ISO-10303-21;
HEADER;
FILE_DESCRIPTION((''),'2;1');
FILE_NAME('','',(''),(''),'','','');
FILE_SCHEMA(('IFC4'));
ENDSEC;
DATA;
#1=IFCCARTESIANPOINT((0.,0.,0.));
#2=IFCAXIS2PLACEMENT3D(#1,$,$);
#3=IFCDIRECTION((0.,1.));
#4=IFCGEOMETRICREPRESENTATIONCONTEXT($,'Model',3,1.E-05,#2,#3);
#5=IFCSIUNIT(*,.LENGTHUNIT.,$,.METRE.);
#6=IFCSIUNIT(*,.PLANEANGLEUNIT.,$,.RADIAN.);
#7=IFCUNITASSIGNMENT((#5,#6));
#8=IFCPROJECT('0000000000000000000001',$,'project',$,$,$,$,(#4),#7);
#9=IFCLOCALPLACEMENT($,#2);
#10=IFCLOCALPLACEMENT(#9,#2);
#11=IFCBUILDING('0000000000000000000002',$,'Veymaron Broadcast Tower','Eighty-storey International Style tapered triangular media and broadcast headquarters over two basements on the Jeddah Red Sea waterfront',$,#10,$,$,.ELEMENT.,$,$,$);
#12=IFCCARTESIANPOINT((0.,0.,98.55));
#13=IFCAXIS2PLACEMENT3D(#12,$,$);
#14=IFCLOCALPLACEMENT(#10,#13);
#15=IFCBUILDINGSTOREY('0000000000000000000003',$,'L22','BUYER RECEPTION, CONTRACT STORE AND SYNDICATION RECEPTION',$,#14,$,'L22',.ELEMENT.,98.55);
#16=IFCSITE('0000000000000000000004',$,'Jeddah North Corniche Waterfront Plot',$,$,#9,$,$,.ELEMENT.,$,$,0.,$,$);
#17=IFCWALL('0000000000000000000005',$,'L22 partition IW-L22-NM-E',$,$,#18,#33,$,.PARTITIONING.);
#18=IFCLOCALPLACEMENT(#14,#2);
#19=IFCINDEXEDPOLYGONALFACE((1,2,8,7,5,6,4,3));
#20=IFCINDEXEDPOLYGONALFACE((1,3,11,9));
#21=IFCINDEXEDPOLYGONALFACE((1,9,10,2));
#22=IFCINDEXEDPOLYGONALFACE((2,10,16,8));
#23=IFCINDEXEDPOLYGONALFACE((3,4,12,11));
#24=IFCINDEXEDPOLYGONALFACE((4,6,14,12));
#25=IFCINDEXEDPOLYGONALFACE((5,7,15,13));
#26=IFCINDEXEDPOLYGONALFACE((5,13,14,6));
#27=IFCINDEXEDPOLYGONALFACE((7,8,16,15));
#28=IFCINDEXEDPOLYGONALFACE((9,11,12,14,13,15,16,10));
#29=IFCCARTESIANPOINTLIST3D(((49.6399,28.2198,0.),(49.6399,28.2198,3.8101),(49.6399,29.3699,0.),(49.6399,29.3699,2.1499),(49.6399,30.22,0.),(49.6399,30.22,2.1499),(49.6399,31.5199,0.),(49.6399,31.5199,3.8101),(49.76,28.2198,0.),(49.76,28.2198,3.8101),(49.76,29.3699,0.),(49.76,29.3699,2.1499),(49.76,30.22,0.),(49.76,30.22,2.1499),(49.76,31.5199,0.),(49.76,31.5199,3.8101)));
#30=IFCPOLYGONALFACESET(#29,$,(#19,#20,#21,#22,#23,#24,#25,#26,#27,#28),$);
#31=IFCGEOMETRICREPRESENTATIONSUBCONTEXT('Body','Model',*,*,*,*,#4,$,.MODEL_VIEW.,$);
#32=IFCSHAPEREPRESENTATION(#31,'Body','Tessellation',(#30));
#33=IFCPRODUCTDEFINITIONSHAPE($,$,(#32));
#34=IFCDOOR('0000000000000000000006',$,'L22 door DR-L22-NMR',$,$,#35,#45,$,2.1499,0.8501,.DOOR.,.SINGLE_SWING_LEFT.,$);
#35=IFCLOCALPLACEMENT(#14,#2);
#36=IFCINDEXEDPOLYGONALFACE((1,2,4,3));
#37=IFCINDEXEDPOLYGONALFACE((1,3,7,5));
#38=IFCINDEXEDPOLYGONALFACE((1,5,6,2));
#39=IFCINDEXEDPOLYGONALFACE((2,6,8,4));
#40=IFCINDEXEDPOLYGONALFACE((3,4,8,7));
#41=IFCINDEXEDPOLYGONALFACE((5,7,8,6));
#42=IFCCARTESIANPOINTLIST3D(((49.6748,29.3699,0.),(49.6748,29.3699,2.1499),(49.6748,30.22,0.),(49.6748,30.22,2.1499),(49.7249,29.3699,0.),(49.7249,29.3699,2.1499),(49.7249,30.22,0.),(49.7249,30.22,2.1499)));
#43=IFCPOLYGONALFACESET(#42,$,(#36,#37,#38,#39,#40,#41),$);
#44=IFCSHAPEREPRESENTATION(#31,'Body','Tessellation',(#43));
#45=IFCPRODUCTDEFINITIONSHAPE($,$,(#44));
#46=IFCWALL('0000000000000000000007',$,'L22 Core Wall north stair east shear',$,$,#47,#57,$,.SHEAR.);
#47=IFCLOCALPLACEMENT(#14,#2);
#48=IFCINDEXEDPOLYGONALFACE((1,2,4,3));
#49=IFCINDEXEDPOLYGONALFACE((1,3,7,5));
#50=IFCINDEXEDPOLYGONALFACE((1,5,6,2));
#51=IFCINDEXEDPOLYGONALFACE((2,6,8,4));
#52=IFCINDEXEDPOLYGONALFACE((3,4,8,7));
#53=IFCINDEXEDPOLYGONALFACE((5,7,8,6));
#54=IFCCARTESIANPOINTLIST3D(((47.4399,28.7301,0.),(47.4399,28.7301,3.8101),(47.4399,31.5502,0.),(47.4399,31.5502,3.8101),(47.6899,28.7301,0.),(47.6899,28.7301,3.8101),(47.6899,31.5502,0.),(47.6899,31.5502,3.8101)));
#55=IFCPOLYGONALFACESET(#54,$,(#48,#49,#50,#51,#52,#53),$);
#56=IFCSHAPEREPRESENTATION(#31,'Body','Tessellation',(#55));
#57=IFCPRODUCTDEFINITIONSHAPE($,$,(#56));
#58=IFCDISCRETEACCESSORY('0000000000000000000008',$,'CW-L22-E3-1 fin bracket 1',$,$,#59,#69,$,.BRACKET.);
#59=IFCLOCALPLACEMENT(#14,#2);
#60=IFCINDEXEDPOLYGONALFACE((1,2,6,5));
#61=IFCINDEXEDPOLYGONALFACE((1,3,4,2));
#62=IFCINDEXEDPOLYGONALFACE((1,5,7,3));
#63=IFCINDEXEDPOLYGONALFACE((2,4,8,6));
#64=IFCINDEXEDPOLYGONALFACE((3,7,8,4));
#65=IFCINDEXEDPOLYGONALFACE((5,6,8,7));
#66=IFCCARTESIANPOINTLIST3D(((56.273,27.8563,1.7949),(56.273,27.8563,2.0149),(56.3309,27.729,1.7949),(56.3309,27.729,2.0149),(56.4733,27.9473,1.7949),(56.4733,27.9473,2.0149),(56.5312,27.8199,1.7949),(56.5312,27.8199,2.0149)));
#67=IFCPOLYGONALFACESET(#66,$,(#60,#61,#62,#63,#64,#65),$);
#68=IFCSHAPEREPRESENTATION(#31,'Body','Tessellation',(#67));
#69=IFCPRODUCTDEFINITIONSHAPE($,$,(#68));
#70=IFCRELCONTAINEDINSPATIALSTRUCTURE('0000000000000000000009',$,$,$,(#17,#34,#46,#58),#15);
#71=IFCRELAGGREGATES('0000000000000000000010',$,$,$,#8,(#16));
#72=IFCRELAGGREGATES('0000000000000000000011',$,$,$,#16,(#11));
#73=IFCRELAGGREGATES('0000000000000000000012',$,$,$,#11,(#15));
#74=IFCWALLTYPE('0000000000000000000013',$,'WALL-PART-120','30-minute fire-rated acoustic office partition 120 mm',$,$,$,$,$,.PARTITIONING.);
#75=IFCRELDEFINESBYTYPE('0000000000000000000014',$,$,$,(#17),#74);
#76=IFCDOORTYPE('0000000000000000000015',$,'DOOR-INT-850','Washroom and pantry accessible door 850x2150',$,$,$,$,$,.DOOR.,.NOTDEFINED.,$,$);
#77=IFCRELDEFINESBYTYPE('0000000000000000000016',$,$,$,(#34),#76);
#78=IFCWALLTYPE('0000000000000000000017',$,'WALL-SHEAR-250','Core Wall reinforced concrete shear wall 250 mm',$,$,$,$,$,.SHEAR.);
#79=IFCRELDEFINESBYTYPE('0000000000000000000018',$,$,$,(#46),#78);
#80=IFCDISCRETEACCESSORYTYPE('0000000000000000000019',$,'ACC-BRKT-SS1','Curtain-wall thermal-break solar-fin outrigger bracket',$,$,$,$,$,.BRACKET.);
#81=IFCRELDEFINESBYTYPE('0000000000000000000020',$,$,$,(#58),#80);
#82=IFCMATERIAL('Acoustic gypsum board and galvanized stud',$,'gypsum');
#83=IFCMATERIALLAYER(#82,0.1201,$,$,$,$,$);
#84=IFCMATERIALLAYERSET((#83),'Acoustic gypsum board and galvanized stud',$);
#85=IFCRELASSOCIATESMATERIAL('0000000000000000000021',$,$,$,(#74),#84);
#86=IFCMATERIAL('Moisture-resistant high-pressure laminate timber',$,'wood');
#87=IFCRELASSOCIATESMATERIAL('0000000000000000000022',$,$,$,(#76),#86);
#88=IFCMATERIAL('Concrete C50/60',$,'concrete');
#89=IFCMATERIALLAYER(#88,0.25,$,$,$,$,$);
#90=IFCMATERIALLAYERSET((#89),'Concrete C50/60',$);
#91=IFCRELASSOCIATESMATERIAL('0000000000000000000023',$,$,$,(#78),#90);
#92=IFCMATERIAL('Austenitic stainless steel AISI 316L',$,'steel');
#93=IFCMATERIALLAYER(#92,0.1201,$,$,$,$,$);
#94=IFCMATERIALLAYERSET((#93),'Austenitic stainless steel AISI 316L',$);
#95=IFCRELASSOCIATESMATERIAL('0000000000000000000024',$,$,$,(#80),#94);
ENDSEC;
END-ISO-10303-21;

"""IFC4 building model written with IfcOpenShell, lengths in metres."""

from ifc_helpers import new_model, si_unit, direction, frame, frame_2d, origin, origin_2d, place, context, subcontext, project, spatial, rectangle, extrude, material, layer, layer_set, type_object, element, fill, save


model = new_model("IFC4")

# Units and contexts
model_context = context("Model", 3, precision=1e-05, world=origin(), true_north=direction((0.0, 1.0)))
body_context = subcontext(model_context, "Body", "Model", "MODEL_VIEW")
ifc_project = project(units=[si_unit("LENGTHUNIT", "METRE"), si_unit("PLANEANGLEUNIT", "RADIAN")], contexts=[model_context])

# Site, building, storey
site_placement = place(None, origin())
site = spatial("IfcSite", under=ifc_project, at=site_placement, Name="Jeddah North Corniche Waterfront Plot", CompositionType="ELEMENT", RefElevation=0.0)
building_placement = place(site_placement, origin())
building = spatial("IfcBuilding", under=site, at=building_placement, Name="Veymaron Broadcast Tower", Description="Eighty-storey International Style tapered triangular media and broadcast headquarters over two basements on the Jeddah Red Sea waterfront", CompositionType="ELEMENT")
storey_placement = place(building_placement, frame((0.0, 0.0, 98.55)))
storey = spatial("IfcBuildingStorey", under=building, at=storey_placement, Name="L22", Description="BUYER RECEPTION, CONTRACT STORE AND SYNDICATION RECEPTION", LongName="L22", CompositionType="ELEMENT", Elevation=98.55)

# Wall, opening, door
ifc_material_1 = material(Name="Acoustic gypsum board and galvanized stud", Category="gypsum")
ifc_layer_1 = layer(ifc_material_1, 0.1201)
ifc_layer_set_1 = layer_set([ifc_layer_1], Name="Acoustic gypsum board and galvanized stud")
wall_type_1 = type_object("IfcWallType", Name="WALL-PART-120", Description="30-minute fire-rated acoustic office partition 120 mm", PredefinedType="PARTITIONING", material=ifc_layer_set_1)
wall_1_placement = place(storey_placement, frame((49.7, 28.22, 0.0), z_axis=(0.0, 0.0, 1.0), x_axis=(0.0, 1.0, 0.0)))
wall_1 = element("IfcWall", 1, at=wall_1_placement, inside=storey, type_object=wall_type_1, Name="L22 partition IW-L22-NM-E", PredefinedType="PARTITIONING", context=body_context, shape_type="SweptSolid", body=[
    extrude(rectangle(XDim=3.3, YDim=0.1201, at=frame_2d((1.6499, 0.0))), origin(), (0.0, 0.0, 1.0), 3.8101),
])
opening_1_placement = place(wall_1_placement, frame((1.1499, 0.0, 0.0)))
opening_1 = element("IfcOpeningElement", 2, at=opening_1_placement, cuts=wall_1, PredefinedType="OPENING", context=body_context, shape_type="SweptSolid", body=[
    extrude(rectangle(XDim=0.8501, YDim=2.1499, at=frame_2d((0.425, 1.075))), frame((0.0, 0.0701, 0.0), z_axis=(0.0, -1.0, 0.0), x_axis=(1.0, 0.0, 0.0)), (0.0, 0.0, 1.0), 0.1401),
])
ifc_material_2 = material(Name="Moisture-resistant high-pressure laminate timber", Category="wood")
door_type_1 = type_object("IfcDoorType", Name="DOOR-INT-850", Description="Washroom and pantry accessible door 850x2150", OperationType="NOTDEFINED", PredefinedType="DOOR", material=ifc_material_2)
door_1_placement = place(opening_1_placement, frame((0.8501, 0.0, 0.0), z_axis=(0.0, 0.0, 1.0), x_axis=(-1.0, 0.0, 0.0)))
door_1 = element("IfcDoor", 3, at=door_1_placement, inside=storey, type_object=door_type_1, Name="L22 door DR-L22-NMR", OperationType="SINGLE_SWING_LEFT", OverallHeight=2.1499, OverallWidth=0.8501, PredefinedType="DOOR", context=body_context, shape_type="SweptSolid", body=[
    extrude(rectangle(XDim=0.8501, YDim=2.1499, at=frame_2d((0.425, 1.075))), frame((0.0, 0.0249, 0.0), z_axis=(0.0, -1.0, 0.0), x_axis=(1.0, 0.0, 0.0)), (0.0, 0.0, 1.0), 0.05),
])
fill(opening_1, door_1)

# Wall
ifc_material_3 = material(Name="Concrete C50/60", Category="concrete")
ifc_layer_2 = layer(ifc_material_3, 0.25)
ifc_layer_set_2 = layer_set([ifc_layer_2], Name="Concrete C50/60")
wall_type_2 = type_object("IfcWallType", Name="WALL-SHEAR-250", Description="Core Wall reinforced concrete shear wall 250 mm", PredefinedType="SHEAR", material=ifc_layer_set_2)
wall_2_placement = place(storey_placement, frame((47.5649, 28.73, 0.0), z_axis=(0.0, 0.0, 1.0), x_axis=(0.0, 1.0, 0.0)))
element("IfcWall", 4, at=wall_2_placement, inside=storey, type_object=wall_type_2, Name="L22 Core Wall north stair east shear", PredefinedType="SHEAR", context=body_context, shape_type="SweptSolid", body=[
    extrude(rectangle(XDim=2.8201, YDim=0.25, at=frame_2d((1.4102, 0.0))), origin(), (0.0, 0.0, 1.0), 3.8101),
])

# Discrete accessory
ifc_material_4 = material(Name="Austenitic stainless steel AISI 316L", Category="steel")
ifc_layer_3 = layer(ifc_material_4, 0.1201)
ifc_layer_set_3 = layer_set([ifc_layer_3], Name="Austenitic stainless steel AISI 316L")
discrete_accessory_type = type_object("IfcDiscreteAccessoryType", Name="ACC-BRKT-SS1", Description="Curtain-wall thermal-break solar-fin outrigger bracket", PredefinedType="BRACKET", material=ifc_layer_set_3)
discrete_accessory_placement = place(storey_placement, frame((56.4021, 27.8381, 1.7949), z_axis=(0.0, 0.0, 1.0), x_axis=(0.910511, 0.413486, 0.0)))
element("IfcDiscreteAccessory", 5, at=discrete_accessory_placement, inside=storey, type_object=discrete_accessory_type, Name="CW-L22-E3-1 fin bracket 1", PredefinedType="BRACKET", context=body_context, shape_type="SweptSolid", body=[
    extrude(rectangle(XDim=0.22, YDim=0.1399, at=origin_2d()), origin(), (0.0, 0.0, 1.0), 0.22),
])

save(model, "model.ifc")
